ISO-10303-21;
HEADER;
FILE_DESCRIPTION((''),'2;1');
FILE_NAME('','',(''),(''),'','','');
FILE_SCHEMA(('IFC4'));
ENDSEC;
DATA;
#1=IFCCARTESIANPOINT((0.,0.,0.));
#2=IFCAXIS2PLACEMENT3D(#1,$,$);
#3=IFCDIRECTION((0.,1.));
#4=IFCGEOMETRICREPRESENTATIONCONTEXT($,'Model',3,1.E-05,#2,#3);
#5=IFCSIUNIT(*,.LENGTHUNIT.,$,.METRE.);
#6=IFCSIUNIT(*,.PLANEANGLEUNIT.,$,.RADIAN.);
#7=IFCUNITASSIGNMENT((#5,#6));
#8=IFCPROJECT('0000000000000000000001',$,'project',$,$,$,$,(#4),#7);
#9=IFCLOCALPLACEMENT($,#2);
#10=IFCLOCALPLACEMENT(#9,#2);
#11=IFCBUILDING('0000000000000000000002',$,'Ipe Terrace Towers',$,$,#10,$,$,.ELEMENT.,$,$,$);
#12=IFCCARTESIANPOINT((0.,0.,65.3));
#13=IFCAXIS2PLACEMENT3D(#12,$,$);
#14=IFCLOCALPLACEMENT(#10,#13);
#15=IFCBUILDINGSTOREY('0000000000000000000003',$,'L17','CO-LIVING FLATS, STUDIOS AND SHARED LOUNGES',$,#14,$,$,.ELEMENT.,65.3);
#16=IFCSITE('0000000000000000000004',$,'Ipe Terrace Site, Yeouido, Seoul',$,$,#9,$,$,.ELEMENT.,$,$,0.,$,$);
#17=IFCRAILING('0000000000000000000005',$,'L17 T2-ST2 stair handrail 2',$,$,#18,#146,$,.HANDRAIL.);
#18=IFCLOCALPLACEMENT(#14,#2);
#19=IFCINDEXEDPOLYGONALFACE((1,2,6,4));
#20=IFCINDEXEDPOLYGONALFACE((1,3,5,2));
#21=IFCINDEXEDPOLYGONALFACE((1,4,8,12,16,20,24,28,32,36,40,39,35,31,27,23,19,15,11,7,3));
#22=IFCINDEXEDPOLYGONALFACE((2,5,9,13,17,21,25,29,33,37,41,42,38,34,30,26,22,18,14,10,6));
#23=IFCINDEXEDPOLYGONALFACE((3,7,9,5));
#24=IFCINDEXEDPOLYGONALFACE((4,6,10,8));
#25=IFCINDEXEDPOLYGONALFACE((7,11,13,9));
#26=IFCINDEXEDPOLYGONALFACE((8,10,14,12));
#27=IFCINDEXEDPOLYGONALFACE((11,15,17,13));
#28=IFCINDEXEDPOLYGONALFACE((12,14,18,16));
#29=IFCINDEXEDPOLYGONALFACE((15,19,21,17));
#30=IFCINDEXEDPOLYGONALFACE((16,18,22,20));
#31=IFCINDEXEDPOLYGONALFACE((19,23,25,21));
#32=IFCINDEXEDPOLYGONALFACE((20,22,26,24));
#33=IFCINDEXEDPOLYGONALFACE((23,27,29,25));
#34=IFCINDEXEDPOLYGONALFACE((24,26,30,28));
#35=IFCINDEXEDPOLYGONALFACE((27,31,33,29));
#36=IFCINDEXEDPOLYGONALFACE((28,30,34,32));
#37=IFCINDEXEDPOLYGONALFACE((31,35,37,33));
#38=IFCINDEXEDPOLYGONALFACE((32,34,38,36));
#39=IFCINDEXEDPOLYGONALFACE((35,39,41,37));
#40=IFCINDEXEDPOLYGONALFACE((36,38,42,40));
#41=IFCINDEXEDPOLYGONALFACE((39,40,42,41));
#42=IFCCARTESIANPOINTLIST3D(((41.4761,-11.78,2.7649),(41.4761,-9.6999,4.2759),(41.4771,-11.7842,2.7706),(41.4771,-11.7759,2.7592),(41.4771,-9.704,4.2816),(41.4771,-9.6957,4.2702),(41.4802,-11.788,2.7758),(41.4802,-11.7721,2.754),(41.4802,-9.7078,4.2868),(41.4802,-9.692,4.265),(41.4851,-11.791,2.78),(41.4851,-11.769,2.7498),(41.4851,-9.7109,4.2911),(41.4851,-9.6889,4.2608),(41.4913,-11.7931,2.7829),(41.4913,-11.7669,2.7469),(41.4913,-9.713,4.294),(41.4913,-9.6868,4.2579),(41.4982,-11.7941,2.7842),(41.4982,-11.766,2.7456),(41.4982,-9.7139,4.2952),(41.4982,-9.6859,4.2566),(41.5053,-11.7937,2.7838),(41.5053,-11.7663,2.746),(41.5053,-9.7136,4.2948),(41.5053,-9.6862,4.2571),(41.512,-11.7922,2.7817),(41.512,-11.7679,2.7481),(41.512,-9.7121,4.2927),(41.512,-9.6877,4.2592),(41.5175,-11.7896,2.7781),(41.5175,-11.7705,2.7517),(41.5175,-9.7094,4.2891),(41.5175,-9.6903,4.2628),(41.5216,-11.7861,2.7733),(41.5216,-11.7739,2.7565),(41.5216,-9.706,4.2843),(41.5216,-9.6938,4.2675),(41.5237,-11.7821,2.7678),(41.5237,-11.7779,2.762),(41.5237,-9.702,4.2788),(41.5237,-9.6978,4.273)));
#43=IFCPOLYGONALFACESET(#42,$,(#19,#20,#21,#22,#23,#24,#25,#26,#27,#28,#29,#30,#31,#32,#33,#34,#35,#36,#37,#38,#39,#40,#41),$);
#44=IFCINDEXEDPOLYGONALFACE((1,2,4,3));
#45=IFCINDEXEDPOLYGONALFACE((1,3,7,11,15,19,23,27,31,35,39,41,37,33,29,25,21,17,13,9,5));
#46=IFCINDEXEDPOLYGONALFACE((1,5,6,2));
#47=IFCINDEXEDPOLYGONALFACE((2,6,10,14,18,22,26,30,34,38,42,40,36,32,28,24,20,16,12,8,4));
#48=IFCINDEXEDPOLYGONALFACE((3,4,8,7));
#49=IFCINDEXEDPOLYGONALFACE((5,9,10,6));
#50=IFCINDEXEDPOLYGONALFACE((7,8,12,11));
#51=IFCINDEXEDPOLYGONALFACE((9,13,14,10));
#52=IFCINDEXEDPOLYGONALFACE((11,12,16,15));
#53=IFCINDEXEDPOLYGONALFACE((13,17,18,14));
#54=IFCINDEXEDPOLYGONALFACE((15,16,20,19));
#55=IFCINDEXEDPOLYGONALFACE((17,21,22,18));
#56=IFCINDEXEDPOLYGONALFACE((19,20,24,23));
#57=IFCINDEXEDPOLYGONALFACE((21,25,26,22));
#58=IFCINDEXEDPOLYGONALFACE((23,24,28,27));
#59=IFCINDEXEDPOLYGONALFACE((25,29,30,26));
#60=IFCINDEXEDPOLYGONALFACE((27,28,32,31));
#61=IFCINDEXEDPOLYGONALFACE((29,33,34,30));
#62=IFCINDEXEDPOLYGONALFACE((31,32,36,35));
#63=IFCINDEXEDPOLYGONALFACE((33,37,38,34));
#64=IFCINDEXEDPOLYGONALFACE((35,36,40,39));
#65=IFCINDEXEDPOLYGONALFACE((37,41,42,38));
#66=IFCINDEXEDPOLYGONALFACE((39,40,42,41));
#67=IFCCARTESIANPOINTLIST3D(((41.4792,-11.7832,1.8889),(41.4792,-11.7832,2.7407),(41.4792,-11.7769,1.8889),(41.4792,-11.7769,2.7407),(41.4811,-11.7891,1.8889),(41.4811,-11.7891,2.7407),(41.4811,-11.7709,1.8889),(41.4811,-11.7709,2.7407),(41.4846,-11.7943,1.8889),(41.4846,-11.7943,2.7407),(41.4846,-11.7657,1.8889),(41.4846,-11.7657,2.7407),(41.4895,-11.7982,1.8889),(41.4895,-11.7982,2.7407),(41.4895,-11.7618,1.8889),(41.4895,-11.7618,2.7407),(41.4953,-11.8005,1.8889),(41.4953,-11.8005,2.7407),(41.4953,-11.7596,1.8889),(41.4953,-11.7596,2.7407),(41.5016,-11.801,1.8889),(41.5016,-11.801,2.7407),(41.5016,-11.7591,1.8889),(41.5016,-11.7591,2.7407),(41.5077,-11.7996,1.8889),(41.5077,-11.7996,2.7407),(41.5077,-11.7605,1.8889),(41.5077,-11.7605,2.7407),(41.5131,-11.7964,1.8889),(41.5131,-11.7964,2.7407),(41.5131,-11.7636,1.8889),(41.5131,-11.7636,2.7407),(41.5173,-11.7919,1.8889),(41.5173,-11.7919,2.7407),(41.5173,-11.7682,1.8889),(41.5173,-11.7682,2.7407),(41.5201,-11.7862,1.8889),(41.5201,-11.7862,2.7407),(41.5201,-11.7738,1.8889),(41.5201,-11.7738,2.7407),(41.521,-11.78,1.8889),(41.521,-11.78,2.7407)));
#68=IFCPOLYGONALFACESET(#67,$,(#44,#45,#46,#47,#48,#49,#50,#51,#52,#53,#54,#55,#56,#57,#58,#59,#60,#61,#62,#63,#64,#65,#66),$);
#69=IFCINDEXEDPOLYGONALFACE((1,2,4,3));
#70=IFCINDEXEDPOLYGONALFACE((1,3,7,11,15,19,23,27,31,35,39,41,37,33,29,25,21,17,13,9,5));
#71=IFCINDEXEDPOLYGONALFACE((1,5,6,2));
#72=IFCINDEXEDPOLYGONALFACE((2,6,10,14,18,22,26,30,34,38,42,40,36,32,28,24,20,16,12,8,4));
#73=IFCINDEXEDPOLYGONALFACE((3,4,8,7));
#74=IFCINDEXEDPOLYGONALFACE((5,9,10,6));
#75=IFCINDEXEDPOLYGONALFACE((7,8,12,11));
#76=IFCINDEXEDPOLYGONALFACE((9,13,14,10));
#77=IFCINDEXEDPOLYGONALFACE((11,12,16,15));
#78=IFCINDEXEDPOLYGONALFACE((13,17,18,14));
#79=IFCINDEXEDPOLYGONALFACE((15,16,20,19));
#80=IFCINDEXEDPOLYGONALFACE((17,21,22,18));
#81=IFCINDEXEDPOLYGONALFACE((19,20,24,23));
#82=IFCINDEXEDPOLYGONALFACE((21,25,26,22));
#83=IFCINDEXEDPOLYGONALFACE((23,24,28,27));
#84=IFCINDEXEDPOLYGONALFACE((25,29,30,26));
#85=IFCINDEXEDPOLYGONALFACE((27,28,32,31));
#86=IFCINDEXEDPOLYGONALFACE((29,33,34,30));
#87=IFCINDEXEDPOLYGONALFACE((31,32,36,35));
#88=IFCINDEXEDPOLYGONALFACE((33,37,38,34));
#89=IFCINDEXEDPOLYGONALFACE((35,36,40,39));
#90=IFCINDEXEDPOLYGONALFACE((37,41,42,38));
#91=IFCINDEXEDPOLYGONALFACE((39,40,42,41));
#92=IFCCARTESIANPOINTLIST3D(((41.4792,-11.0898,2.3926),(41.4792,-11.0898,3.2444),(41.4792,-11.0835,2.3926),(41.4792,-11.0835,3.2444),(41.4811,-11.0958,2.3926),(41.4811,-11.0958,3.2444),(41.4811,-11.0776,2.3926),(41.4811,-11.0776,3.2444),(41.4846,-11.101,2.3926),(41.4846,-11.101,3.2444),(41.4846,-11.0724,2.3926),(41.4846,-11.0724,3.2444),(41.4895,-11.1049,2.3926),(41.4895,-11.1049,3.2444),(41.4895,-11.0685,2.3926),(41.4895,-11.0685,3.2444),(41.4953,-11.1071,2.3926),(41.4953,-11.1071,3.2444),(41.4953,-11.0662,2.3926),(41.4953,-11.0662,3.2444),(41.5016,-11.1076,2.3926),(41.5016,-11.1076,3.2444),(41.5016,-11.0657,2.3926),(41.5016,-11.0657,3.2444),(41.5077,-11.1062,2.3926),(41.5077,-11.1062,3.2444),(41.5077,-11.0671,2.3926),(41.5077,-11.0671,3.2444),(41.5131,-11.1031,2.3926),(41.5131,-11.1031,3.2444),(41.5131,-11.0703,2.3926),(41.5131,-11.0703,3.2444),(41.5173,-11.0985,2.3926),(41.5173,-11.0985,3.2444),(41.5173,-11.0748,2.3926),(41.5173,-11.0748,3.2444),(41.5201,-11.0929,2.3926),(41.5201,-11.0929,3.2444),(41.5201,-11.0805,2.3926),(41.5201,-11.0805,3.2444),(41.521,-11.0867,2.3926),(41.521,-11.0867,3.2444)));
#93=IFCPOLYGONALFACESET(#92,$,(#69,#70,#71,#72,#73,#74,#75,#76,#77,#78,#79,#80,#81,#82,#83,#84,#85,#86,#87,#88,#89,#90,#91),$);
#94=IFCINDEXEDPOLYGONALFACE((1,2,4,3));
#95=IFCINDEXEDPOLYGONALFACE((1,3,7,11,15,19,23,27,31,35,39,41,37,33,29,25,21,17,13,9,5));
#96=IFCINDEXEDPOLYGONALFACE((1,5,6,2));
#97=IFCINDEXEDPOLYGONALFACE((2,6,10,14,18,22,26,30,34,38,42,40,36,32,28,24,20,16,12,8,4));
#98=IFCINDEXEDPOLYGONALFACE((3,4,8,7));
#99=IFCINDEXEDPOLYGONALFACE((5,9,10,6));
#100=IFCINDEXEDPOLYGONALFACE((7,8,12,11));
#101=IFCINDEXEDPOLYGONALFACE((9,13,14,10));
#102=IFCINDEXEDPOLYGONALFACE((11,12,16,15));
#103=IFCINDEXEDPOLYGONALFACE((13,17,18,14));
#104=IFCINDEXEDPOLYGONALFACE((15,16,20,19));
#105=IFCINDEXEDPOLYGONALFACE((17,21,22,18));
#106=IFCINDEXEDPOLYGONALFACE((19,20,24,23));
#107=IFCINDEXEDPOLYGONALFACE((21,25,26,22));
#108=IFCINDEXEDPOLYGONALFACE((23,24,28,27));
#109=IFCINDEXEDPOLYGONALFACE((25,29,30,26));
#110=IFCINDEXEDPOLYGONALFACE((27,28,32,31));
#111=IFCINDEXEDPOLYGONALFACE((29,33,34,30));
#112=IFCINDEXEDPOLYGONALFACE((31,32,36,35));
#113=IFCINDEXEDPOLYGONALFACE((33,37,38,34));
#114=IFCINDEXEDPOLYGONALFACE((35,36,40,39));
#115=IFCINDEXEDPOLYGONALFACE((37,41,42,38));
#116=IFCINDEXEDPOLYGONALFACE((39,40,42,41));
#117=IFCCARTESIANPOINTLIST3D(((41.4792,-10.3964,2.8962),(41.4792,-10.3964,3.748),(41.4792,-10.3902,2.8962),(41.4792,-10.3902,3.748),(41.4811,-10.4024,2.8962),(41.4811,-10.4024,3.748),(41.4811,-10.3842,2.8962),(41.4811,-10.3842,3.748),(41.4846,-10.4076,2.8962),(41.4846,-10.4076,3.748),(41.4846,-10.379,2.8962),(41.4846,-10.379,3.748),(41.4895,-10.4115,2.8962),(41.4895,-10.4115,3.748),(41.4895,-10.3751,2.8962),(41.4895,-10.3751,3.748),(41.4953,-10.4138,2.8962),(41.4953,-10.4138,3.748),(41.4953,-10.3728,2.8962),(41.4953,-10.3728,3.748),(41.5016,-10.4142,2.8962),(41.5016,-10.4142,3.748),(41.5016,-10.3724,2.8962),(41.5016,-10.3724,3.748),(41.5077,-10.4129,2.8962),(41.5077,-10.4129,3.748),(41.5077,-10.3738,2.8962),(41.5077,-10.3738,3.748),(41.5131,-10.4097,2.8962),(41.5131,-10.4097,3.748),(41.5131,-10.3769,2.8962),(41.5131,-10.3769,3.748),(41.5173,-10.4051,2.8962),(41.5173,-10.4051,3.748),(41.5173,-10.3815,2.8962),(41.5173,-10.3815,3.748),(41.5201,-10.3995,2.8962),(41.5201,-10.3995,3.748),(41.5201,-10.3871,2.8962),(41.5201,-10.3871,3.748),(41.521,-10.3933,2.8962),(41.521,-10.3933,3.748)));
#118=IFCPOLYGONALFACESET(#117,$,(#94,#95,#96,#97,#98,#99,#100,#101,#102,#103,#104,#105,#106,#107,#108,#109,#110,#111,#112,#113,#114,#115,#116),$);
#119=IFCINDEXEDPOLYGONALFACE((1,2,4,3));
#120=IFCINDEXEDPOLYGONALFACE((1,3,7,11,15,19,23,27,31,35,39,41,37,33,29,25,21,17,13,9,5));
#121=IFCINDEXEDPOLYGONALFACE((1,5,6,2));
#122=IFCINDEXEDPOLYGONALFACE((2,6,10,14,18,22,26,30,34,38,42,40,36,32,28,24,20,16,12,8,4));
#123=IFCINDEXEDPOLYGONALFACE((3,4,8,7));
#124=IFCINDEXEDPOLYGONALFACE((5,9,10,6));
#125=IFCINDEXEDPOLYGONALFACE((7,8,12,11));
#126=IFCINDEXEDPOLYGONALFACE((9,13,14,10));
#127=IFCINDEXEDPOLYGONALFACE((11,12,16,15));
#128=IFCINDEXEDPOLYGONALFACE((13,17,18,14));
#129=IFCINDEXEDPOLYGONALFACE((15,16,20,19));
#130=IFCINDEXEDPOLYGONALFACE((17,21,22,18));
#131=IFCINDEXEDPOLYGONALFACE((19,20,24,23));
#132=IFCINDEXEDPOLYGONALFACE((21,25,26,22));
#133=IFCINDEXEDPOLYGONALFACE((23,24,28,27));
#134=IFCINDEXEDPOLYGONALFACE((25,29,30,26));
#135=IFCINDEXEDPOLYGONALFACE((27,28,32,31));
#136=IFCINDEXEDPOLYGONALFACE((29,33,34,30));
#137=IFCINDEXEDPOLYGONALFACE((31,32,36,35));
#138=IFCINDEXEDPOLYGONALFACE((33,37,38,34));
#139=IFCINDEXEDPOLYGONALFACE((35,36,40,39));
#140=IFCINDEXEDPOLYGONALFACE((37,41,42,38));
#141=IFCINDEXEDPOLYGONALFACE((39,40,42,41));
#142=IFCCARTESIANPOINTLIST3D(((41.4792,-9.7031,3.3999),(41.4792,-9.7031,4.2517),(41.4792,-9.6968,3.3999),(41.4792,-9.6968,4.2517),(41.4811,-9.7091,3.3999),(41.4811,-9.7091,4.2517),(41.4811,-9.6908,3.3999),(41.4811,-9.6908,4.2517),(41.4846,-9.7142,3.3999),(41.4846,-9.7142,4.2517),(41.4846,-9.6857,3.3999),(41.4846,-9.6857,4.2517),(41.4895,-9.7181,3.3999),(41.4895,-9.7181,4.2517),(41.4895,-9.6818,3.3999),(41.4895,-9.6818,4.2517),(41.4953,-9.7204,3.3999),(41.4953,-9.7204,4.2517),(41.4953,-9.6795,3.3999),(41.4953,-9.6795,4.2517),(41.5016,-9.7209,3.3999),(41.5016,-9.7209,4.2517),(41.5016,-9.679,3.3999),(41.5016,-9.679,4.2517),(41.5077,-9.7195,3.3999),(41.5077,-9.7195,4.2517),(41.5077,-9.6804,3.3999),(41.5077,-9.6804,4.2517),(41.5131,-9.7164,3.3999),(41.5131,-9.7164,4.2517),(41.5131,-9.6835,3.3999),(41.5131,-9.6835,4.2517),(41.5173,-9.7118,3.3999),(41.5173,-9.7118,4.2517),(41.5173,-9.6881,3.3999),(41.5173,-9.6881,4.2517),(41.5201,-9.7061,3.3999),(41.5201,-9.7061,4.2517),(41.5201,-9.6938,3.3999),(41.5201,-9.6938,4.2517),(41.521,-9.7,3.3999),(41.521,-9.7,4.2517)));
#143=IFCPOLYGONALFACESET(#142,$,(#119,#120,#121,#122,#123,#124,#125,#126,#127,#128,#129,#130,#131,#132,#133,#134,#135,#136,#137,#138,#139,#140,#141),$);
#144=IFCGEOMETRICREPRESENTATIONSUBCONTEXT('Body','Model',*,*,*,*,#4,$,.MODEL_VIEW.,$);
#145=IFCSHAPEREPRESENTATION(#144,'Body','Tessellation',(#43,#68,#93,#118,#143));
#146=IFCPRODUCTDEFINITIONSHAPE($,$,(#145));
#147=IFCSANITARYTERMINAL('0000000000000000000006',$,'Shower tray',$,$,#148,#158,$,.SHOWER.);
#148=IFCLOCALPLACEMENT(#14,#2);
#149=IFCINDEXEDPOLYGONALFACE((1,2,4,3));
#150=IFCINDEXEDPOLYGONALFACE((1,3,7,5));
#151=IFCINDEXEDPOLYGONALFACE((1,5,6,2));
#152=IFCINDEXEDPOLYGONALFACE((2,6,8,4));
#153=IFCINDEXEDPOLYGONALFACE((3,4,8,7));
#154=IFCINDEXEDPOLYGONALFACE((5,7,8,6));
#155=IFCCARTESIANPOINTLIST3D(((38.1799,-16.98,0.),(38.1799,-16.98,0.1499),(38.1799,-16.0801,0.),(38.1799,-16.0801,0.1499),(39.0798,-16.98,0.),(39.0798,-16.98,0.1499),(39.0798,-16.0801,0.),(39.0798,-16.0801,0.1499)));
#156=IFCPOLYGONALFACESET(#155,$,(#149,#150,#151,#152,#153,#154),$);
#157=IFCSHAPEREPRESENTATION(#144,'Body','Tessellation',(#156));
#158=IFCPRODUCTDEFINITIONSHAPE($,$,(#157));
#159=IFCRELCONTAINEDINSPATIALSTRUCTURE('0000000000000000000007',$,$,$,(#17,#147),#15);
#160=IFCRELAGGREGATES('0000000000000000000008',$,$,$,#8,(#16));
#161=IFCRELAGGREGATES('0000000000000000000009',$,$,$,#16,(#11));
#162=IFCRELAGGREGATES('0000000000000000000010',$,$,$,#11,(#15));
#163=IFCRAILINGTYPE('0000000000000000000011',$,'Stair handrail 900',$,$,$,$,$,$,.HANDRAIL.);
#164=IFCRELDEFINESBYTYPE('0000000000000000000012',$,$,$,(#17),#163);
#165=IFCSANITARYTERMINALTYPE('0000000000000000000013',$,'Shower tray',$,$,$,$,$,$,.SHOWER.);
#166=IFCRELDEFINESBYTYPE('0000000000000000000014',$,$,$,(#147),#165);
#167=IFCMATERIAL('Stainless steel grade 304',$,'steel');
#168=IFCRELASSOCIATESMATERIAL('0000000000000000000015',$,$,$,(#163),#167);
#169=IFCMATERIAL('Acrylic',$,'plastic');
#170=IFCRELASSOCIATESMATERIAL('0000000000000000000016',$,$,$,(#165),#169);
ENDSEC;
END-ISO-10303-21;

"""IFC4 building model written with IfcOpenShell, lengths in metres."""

from ifc_helpers import new_model, si_unit, direction, frame, origin, origin_2d, place, context, subcontext, project, spatial, rectangle, circle, extrude, material, type_object, element, save


model = new_model("IFC4")

# Units and contexts
model_context = context("Model", 3, precision=1e-05, world=origin(), true_north=direction((0.0, 1.0)))
body_context = subcontext(model_context, "Body", "Model", "MODEL_VIEW")
ifc_project = project(units=[si_unit("LENGTHUNIT", "METRE"), si_unit("PLANEANGLEUNIT", "RADIAN")], contexts=[model_context])

# Site, building, storey
site_placement = place(None, origin())
site = spatial("IfcSite", under=ifc_project, at=site_placement, Name="Ipe Terrace Site, Yeouido, Seoul", CompositionType="ELEMENT", RefElevation=0.0)
building_placement = place(site_placement, origin())
building = spatial("IfcBuilding", under=site, at=building_placement, Name="Ipe Terrace Towers", CompositionType="ELEMENT")
storey_placement = place(building_placement, frame((0.0, 0.0, 65.3)))
storey = spatial("IfcBuildingStorey", under=building, at=storey_placement, Name="L17", Description="CO-LIVING FLATS, STUDIOS AND SHARED LOUNGES", CompositionType="ELEMENT", Elevation=65.3)

# Railing
ifc_material_1 = material(Name="Stainless steel grade 304", Category="steel")
railing_type_1 = type_object("IfcRailingType", Name="Stair handrail 900", PredefinedType="HANDRAIL", material=ifc_material_1)
railing_1_placement = place(storey_placement, frame((41.5, -11.78, 1.8889)))
element("IfcRailing", 1, at=railing_1_placement, inside=storey, type_object=railing_type_1, Name="L17 T2-ST2 stair handrail 2", PredefinedType="HANDRAIL", context=body_context, shape_type="SweptSolid", body=[
    extrude(circle(Radius=0.0239, at=origin_2d()), frame((0.0, 0.0, 0.876), z_axis=(0.0, 0.809069, 0.587714), x_axis=(-1.0, 0.0, 0.0)), (0.0, 0.0, 1.0), 2.571),
    extrude(circle(Radius=0.021, at=origin_2d()), origin(), (0.0, 0.0, 1.0), 0.8518),
    extrude(circle(Radius=0.021, at=origin_2d()), frame((0.0, 0.6934, 0.5037)), (0.0, 0.0, 1.0), 0.8518),
    extrude(circle(Radius=0.021, at=origin_2d()), frame((0.0, 1.3867, 1.0073)), (0.0, 0.0, 1.0), 0.8518),
    extrude(circle(Radius=0.021, at=origin_2d()), frame((0.0, 2.0801, 1.511)), (0.0, 0.0, 1.0), 0.8518),
])

# Sanitary terminal
ifc_material_2 = material(Name="Acrylic", Category="plastic")
sanitary_terminal_type = type_object("IfcSanitaryTerminalType", Name="Shower tray", PredefinedType="SHOWER", material=ifc_material_2)
sanitary_terminal_placement = place(storey_placement, frame((38.6299, -16.53, 0.0), z_axis=(0.0, 0.0, 1.0), x_axis=(-1.0, 0.0, 0.0)))
element("IfcSanitaryTerminal", 2, at=sanitary_terminal_placement, inside=storey, type_object=sanitary_terminal_type, Name="Shower tray", PredefinedType="SHOWER", context=body_context, shape_type="SweptSolid", body=[
    extrude(rectangle(XDim=0.8999, YDim=0.8999, at=origin_2d()), origin(), (0.0, 0.0, 1.0), 0.1499),
])

save(model, "model.ifc")
